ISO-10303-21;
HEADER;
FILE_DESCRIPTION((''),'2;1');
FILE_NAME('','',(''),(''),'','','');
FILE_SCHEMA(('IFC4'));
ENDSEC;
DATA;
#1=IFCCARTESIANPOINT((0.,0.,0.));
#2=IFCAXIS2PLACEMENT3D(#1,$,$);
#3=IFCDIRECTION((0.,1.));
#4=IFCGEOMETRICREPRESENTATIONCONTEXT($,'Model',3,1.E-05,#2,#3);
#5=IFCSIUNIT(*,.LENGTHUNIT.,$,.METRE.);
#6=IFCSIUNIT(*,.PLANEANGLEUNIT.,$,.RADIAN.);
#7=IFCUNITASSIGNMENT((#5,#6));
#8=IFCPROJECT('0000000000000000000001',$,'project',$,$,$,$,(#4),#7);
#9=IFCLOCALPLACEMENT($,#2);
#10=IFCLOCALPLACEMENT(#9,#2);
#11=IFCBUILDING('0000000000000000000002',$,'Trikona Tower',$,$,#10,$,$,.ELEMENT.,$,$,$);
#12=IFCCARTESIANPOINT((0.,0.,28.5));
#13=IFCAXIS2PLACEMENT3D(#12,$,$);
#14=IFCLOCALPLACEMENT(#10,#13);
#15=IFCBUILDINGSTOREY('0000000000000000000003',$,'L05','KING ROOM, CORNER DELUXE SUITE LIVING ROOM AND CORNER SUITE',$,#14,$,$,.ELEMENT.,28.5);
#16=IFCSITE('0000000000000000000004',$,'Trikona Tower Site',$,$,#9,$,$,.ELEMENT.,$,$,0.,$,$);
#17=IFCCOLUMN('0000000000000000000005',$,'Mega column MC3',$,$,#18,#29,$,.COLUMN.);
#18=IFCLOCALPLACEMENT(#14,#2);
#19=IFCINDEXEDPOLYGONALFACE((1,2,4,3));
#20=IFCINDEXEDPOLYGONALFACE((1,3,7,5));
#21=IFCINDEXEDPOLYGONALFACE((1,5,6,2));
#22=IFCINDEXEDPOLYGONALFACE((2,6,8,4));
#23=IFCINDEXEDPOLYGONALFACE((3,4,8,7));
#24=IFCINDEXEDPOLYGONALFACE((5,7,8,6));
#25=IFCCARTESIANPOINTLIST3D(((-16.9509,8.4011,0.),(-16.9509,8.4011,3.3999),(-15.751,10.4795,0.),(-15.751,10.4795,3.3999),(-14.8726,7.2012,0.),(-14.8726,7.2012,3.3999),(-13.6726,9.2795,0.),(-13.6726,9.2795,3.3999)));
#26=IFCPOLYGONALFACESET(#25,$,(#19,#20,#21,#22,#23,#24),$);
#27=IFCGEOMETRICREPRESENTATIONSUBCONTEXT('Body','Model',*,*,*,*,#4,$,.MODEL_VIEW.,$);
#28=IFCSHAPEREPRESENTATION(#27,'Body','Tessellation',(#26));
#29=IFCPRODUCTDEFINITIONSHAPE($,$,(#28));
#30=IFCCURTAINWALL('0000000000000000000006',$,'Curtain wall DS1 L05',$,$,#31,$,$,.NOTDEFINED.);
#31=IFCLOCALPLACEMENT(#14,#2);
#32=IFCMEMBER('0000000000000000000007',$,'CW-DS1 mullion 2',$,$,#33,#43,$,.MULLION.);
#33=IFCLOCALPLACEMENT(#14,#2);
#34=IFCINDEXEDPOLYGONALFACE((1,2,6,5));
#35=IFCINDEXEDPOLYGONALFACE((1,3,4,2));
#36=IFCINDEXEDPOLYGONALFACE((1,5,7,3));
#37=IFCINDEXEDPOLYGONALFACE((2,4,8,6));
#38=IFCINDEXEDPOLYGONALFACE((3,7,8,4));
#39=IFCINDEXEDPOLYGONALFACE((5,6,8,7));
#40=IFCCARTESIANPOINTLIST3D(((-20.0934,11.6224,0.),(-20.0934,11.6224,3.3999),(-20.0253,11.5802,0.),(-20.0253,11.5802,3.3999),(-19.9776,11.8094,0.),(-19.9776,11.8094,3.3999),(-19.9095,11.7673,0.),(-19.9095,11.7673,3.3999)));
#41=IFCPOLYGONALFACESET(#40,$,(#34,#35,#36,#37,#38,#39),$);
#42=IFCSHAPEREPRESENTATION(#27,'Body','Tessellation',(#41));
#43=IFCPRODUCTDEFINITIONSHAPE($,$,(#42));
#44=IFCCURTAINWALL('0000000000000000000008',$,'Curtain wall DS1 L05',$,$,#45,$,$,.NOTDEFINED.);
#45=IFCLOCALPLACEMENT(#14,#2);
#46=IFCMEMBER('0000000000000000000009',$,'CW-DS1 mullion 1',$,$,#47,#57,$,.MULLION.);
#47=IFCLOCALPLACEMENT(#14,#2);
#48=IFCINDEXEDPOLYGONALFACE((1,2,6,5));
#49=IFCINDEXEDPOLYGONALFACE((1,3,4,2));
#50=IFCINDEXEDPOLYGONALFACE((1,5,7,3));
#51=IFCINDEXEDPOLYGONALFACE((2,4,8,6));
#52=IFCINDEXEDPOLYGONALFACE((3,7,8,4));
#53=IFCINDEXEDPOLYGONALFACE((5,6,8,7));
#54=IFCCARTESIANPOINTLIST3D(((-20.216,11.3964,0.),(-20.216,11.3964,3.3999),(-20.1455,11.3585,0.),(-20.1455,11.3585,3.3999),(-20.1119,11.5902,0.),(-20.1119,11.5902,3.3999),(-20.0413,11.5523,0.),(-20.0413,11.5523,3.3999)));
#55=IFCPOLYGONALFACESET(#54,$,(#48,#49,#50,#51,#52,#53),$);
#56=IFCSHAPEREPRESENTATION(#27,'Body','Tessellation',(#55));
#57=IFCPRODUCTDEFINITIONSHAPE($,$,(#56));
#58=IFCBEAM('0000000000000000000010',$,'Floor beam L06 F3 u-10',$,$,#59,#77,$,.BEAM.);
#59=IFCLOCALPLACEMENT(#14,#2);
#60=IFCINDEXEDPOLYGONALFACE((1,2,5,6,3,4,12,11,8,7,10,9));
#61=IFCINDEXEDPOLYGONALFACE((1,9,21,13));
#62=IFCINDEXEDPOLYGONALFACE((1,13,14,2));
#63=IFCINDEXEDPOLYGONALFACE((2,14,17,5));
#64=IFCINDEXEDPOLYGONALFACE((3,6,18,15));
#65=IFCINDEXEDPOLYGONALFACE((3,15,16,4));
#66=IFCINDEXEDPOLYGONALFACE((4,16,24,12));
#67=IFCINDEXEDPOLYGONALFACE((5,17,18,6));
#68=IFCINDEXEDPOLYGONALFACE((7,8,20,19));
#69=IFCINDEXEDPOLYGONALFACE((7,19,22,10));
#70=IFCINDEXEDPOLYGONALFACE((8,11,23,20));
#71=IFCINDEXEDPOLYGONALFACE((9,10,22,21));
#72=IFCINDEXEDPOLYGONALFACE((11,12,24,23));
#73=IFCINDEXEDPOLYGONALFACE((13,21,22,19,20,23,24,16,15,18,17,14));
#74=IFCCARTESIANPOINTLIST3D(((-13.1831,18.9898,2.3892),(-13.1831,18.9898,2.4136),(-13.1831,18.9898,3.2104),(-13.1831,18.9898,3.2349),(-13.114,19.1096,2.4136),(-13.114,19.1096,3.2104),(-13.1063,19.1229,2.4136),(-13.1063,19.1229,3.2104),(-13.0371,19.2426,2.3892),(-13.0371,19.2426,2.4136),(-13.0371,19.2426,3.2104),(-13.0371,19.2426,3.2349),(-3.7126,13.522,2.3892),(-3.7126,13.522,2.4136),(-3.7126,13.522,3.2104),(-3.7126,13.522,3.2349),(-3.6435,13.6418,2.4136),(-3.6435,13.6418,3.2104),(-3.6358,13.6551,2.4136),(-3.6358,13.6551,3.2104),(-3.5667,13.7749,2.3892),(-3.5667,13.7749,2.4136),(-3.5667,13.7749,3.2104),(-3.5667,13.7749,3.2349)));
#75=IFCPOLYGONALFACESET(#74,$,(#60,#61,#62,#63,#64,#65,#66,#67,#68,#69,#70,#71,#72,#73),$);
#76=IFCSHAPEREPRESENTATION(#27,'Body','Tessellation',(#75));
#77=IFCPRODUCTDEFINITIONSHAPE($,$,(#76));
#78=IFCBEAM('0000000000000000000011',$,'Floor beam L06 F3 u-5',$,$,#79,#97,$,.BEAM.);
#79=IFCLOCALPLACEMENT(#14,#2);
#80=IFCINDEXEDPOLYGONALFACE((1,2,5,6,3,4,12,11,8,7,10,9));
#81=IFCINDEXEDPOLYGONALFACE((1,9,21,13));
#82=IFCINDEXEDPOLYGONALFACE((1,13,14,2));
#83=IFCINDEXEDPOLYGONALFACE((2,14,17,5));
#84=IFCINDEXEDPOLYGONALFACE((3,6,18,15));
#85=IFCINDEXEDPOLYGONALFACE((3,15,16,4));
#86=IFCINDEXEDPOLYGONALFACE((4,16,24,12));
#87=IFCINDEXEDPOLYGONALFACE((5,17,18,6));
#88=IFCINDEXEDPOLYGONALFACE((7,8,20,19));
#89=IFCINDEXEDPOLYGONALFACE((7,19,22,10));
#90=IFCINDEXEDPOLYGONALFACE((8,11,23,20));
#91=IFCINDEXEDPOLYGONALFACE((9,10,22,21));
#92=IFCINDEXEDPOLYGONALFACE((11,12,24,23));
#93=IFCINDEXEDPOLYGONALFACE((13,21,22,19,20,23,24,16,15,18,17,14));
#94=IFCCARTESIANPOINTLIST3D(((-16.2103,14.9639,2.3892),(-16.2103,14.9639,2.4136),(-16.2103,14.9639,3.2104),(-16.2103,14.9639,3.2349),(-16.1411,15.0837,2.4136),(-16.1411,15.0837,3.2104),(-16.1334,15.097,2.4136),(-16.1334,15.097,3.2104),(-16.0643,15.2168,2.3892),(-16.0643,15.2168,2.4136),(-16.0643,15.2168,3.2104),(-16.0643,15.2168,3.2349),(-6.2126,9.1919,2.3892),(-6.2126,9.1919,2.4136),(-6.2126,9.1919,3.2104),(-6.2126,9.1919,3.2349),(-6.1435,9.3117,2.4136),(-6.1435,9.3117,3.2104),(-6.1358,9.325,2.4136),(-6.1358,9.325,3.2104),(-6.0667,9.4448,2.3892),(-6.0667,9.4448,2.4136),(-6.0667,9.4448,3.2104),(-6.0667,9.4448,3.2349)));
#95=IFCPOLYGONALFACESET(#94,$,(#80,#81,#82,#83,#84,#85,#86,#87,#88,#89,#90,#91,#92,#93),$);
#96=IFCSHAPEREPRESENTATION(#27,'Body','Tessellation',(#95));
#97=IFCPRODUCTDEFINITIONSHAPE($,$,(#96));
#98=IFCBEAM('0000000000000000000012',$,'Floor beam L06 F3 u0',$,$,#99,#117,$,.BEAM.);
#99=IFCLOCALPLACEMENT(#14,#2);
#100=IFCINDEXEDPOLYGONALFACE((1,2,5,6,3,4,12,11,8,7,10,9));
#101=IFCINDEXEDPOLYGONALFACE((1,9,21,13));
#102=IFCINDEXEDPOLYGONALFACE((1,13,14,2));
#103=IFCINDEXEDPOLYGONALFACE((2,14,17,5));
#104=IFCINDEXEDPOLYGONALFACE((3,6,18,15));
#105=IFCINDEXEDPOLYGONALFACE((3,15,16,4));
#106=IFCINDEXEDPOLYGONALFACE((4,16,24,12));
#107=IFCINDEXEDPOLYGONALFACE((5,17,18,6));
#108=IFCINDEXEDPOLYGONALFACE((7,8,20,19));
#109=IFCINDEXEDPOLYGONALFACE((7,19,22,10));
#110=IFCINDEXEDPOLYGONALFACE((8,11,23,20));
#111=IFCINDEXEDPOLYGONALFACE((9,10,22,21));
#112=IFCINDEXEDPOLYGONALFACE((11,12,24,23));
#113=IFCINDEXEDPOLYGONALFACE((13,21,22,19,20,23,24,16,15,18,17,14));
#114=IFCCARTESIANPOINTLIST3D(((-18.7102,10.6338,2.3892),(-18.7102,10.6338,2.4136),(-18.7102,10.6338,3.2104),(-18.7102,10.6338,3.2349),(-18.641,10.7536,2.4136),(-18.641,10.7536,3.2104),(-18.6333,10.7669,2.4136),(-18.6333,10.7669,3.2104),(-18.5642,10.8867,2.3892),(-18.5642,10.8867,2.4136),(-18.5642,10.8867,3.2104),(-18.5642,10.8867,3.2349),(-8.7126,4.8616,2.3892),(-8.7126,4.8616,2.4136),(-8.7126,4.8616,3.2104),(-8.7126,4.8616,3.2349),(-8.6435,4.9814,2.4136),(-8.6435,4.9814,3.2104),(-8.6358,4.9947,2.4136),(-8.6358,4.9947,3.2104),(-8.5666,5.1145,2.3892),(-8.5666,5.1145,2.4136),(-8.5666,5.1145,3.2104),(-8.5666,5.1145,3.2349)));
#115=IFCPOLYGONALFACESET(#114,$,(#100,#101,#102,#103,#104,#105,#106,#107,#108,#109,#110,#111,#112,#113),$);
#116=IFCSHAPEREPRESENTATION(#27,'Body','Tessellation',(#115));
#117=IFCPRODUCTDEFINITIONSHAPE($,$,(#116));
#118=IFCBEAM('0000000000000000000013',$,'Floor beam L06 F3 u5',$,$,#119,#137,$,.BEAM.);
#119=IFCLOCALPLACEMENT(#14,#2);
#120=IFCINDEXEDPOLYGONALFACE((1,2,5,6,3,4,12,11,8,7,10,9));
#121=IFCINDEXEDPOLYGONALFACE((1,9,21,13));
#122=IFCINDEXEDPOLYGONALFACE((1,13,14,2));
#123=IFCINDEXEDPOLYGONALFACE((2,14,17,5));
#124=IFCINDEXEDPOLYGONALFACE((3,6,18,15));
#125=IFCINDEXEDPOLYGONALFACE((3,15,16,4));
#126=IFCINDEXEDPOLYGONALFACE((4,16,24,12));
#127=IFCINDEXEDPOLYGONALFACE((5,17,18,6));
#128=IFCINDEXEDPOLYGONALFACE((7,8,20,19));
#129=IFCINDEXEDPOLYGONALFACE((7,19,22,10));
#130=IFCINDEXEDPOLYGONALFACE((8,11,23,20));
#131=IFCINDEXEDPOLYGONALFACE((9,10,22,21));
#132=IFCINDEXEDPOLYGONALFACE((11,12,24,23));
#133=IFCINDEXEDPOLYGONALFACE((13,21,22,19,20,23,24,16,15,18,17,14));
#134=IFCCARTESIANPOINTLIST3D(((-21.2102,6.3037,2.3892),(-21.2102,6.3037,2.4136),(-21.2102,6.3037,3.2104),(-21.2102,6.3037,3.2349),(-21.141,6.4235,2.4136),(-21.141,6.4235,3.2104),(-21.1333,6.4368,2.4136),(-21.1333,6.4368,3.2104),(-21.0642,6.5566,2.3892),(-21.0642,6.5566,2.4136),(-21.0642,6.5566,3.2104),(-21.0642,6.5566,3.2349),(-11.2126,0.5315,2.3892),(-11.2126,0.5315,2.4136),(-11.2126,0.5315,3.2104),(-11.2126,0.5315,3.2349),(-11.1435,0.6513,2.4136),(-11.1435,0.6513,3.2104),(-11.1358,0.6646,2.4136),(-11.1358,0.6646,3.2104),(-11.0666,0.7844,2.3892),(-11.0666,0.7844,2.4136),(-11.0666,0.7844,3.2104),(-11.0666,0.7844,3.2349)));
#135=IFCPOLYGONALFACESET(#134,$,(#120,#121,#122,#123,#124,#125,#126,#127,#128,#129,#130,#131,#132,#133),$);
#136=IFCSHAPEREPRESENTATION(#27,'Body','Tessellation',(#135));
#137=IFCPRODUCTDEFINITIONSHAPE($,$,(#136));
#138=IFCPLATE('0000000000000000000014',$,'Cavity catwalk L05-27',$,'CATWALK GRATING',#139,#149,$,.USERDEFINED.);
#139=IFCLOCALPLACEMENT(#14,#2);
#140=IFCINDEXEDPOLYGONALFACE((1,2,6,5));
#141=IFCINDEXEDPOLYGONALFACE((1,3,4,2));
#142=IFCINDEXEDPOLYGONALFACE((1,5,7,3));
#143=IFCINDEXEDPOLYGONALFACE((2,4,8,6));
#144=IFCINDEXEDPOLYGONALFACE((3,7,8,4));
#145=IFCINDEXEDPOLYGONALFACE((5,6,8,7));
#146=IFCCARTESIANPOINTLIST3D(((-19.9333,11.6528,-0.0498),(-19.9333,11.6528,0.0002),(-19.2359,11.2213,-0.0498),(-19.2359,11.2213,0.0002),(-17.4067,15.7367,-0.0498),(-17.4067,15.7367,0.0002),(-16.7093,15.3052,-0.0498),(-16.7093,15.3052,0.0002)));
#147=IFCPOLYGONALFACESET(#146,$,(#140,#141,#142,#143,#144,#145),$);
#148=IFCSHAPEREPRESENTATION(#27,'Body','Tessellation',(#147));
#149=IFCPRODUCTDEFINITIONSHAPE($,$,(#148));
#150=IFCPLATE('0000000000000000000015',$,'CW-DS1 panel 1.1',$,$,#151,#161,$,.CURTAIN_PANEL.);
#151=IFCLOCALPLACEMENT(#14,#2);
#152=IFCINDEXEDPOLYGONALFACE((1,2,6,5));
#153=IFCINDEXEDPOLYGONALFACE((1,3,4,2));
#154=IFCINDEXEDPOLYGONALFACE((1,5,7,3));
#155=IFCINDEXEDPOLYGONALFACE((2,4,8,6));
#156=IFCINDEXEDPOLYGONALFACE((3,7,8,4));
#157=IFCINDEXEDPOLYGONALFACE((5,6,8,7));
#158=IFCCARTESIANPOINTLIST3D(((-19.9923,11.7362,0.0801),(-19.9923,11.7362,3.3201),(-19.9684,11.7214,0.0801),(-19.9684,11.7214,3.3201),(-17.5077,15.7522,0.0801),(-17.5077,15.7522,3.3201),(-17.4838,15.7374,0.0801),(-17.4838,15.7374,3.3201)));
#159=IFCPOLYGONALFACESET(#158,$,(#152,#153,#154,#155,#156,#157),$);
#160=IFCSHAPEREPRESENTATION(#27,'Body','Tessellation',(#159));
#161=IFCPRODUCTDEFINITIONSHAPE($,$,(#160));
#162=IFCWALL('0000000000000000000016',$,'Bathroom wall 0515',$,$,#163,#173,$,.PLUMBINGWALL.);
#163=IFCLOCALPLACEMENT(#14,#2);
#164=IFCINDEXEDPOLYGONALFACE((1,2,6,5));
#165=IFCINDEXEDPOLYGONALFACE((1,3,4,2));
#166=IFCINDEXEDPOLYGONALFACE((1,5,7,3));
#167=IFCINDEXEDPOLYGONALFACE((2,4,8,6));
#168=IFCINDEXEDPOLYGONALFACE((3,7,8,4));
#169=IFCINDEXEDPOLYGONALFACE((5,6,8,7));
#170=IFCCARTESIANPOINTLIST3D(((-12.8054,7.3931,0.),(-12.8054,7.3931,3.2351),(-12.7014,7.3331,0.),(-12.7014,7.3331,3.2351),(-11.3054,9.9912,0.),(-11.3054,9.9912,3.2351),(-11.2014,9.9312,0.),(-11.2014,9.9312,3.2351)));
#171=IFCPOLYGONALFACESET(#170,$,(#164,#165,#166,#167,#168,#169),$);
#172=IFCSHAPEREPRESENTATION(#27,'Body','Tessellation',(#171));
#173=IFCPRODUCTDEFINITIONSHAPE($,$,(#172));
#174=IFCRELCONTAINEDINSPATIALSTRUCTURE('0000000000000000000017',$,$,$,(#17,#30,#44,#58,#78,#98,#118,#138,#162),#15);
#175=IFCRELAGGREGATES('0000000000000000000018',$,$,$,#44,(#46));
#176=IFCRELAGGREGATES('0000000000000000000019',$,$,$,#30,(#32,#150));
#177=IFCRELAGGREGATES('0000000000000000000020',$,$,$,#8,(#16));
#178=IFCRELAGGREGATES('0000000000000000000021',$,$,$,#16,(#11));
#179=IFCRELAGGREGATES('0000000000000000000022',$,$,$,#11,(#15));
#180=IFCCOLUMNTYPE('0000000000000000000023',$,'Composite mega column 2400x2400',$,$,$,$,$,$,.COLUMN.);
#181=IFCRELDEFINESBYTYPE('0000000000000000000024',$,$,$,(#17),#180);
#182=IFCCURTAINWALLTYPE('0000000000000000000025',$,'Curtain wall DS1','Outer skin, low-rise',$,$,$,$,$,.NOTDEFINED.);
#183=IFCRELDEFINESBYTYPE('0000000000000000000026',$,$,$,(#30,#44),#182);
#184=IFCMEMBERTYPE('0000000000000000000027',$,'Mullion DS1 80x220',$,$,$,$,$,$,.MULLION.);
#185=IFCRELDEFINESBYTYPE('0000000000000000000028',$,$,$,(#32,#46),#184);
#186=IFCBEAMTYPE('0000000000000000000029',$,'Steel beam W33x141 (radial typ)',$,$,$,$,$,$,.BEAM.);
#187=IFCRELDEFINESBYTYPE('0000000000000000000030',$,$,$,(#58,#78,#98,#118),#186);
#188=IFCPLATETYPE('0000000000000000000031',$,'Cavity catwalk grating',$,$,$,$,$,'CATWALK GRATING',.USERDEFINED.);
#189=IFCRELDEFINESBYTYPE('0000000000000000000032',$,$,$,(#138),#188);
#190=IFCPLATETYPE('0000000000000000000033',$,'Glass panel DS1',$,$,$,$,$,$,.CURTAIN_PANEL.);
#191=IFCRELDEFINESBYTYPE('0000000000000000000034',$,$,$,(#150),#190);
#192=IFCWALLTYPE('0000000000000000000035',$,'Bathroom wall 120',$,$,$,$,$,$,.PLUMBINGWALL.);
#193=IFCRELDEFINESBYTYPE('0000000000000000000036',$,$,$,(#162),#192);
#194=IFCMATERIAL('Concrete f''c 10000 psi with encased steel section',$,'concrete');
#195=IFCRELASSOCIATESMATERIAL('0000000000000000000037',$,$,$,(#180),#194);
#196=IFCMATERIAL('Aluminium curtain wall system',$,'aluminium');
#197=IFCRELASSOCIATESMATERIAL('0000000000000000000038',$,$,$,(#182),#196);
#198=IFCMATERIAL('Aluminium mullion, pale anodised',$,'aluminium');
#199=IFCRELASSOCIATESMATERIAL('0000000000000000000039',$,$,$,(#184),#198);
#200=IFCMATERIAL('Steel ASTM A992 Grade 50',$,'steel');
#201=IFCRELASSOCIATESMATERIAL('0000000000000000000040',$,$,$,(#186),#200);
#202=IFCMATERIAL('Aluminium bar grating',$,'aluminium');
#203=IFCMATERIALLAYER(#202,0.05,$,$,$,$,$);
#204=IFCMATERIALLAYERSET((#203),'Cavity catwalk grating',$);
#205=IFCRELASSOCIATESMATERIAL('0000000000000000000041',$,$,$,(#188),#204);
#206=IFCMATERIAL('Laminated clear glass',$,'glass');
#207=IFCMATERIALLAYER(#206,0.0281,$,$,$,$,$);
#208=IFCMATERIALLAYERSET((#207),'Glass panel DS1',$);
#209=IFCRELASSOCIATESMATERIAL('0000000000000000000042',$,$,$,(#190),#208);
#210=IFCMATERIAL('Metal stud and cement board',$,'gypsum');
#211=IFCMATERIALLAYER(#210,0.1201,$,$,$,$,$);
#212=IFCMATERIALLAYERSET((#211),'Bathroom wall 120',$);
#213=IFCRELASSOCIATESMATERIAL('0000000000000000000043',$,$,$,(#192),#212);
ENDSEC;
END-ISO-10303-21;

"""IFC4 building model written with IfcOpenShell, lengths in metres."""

from ifc_helpers import new_model, si_unit, direction, frame, frame_2d, origin, origin_2d, place, context, subcontext, project, spatial, rectangle, i_section, extrude, material, layer, layer_set, material_profile, profile_set, type_object, element, aggregate, save


model = new_model("IFC4")

# Units and contexts
model_context = context("Model", 3, precision=1e-05, world=origin(), true_north=direction((0.0, 1.0)))
body_context = subcontext(model_context, "Body", "Model", "MODEL_VIEW")
ifc_project = project(units=[si_unit("LENGTHUNIT", "METRE"), si_unit("PLANEANGLEUNIT", "RADIAN")], contexts=[model_context])

# Site, building, storey
site_placement = place(None, origin())
site = spatial("IfcSite", under=ifc_project, at=site_placement, Name="Trikona Tower Site", CompositionType="ELEMENT", RefElevation=0.0)
building_placement = place(site_placement, origin())
building = spatial("IfcBuilding", under=site, at=building_placement, Name="Trikona Tower", CompositionType="ELEMENT")
storey_placement = place(building_placement, frame((0.0, 0.0, 28.5)))
storey = spatial("IfcBuildingStorey", under=building, at=storey_placement, Name="L05", Description="KING ROOM, CORNER DELUXE SUITE LIVING ROOM AND CORNER SUITE", CompositionType="ELEMENT", Elevation=28.5)

# Column
ifc_material_1 = material(Name="Concrete f'c 10000 psi with encased steel section", Category="concrete")
ifc_material_profile_1 = material_profile(ifc_material_1, rectangle(XDim=2.3999, YDim=2.3999, at=origin_2d()), Name="MC2400")
ifc_profile_set_1 = profile_set([ifc_material_profile_1], Name="Concrete f'c 10000 psi with encased steel section")
column_type = type_object("IfcColumnType", Name="Composite mega column 2400x2400", PredefinedType="COLUMN", material=ifc_profile_set_1)
column_placement = place(storey_placement, frame((-15.3118, 8.8403, 0.0), z_axis=(0.0, 0.0, 1.0), x_axis=(-0.866025, 0.5, 0.0)))
element("IfcColumn", 1, at=column_placement, inside=storey, type_object=column_type, Name="Mega column MC3", PredefinedType="COLUMN", context=body_context, shape_type="SweptSolid", body=[
    extrude(rectangle(XDim=2.3999, YDim=2.3999, at=origin_2d()), origin(), (0.0, 0.0, 1.0), 3.3999),
])

# Curtain walls, members
ifc_material_2 = material(Name="Aluminium curtain wall system", Category="aluminium")
curtain_wall_type = type_object("IfcCurtainWallType", Name="Curtain wall DS1", Description="Outer skin, low-rise", PredefinedType="NOTDEFINED", material=ifc_material_2)
curtain_wall_1_placement = place(storey_placement, origin())
curtain_wall_1 = element("IfcCurtainWall", 2, at=curtain_wall_1_placement, inside=storey, type_object=curtain_wall_type, Name="Curtain wall DS1 L05", PredefinedType="NOTDEFINED")
ifc_material_3 = material(Name="Aluminium mullion, pale anodised", Category="aluminium")
ifc_material_profile_2 = material_profile(ifc_material_3, rectangle(XDim=0.0801, YDim=0.22, at=origin_2d()), Name="MUL-DS1")
ifc_profile_set_2 = profile_set([ifc_material_profile_2], Name="Aluminium mullion, pale anodised")
member_type = type_object("IfcMemberType", Name="Mullion DS1 80x220", PredefinedType="MULLION", material=ifc_profile_set_2)
member_1_placement = place(storey_placement, frame((-20.0015, 11.6948, 0.0), z_axis=(0.0, 0.0, 1.0), x_axis=(0.85041, -0.52612, 0.0)))
member_1 = element("IfcMember", 3, at=member_1_placement, type_object=member_type, Name="CW-DS1 mullion 2", PredefinedType="MULLION", context=body_context, shape_type="SweptSolid", body=[
    extrude(rectangle(XDim=0.0801, YDim=0.22, at=origin_2d()), origin(), (0.0, 0.0, 1.0), 3.3999),
])
curtain_wall_2_placement = place(storey_placement, origin())
curtain_wall_2 = element("IfcCurtainWall", 4, at=curtain_wall_2_placement, inside=storey, type_object=curtain_wall_type, Name="Curtain wall DS1 L05", PredefinedType="NOTDEFINED")
member_2_placement = place(storey_placement, frame((-20.1287, 11.4744, 0.0), z_axis=(0.0, 0.0, 1.0), x_axis=(0.880843, -0.473408, 0.0)))
member_2 = element("IfcMember", 5, at=member_2_placement, type_object=member_type, Name="CW-DS1 mullion 1", PredefinedType="MULLION", context=body_context, shape_type="SweptSolid", body=[
    extrude(rectangle(XDim=0.0801, YDim=0.22, at=origin_2d()), origin(), (0.0, 0.0, 1.0), 3.3999),
])
aggregate(curtain_wall_2, [member_2])

# Beams
ifc_material_4 = material(Name="Steel ASTM A992 Grade 50", Category="steel")
ifc_material_profile_3 = material_profile(ifc_material_4, i_section(OverallWidth=0.292, OverallDepth=0.8457, WebThickness=0.0154, FlangeThickness=0.0244, at=origin_2d()), Name="W33X141")
ifc_profile_set_3 = profile_set([ifc_material_profile_3], Name="Steel ASTM A992 Grade 50")
beam_type = type_object("IfcBeamType", Name="Steel beam W33x141 (radial typ)", PredefinedType="BEAM", material=ifc_profile_set_3)
beam_placement = place(storey_placement, frame((-3.6396, 13.6484, 2.812), z_axis=(-0.866025, 0.5, 0.0), x_axis=(-0.5, -0.866025, 0.0)))
element("IfcBeam", 6, at=beam_placement, inside=storey, type_object=beam_type, Name="Floor beam L06 F3 u-10", PredefinedType="BEAM", context=body_context, shape_type="SweptSolid", body=[
    extrude(i_section(OverallWidth=0.292, OverallDepth=0.8457, WebThickness=0.0154, FlangeThickness=0.0244, at=origin_2d()), origin(), (0.0, 0.0, 1.0), 10.9355),
])
for number, where, z_axis, x_axis, name in (
    (7, (-6.1396, 9.3184, 2.812), (-0.86603, 0.499992, 0.0), (-0.499992, -0.86603, 0.0), "Floor beam L06 F3 u-5"),
    (8, (-8.6396, 4.988, 2.812), (-0.866021, 0.500008, 0.0), (-0.500008, -0.866021, 0.0), "Floor beam L06 F3 u0"),
    (9, (-11.1396, 0.658, 2.812), (-0.866021, 0.500008, 0.0), (-0.500008, -0.866021, 0.0), "Floor beam L06 F3 u5"),
):
    element("IfcBeam", number, at=place(storey_placement, frame(where, z_axis=z_axis, x_axis=x_axis)), inside=storey, type_object=beam_type, Name=name, PredefinedType="BEAM", context=body_context, shape_type="SweptSolid", body=[
        extrude(i_section(OverallWidth=0.292, OverallDepth=0.8457, WebThickness=0.0154, FlangeThickness=0.0244, at=origin_2d()), origin(), (0.0, 0.0, 1.0), 11.5442),
    ])

# Plates
ifc_material_5 = material(Name="Aluminium bar grating", Category="aluminium")
ifc_layer_1 = layer(ifc_material_5, 0.05)
ifc_layer_set_1 = layer_set([ifc_layer_1], Name="Cavity catwalk grating")
plate_type_1 = type_object("IfcPlateType", Name="Cavity catwalk grating", ElementType="CATWALK GRATING", PredefinedType="USERDEFINED", material=ifc_layer_set_1)
plate_1_placement = place(storey_placement, frame((-18.3213, 13.479, -0.0498), z_axis=(0.0, 0.0, 1.0), x_axis=(-0.526119, -0.850411, 0.0)))
element("IfcPlate", 10, at=plate_1_placement, inside=storey, type_object=plate_type_1, Name="Cavity catwalk L05-27", ObjectType="CATWALK GRATING", PredefinedType="USERDEFINED", context=body_context, shape_type="SweptSolid", body=[
    extrude(rectangle(XDim=4.8022, YDim=0.8201, at=origin_2d()), origin(), (0.0, 0.0, 1.0), 0.05),
])
ifc_material_6 = material(Name="Laminated clear glass", Category="glass")
ifc_layer_2 = layer(ifc_material_6, 0.0281)
ifc_layer_set_2 = layer_set([ifc_layer_2], Name="Glass panel DS1")
plate_type_2 = type_object("IfcPlateType", Name="Glass panel DS1", PredefinedType="CURTAIN_PANEL", material=ifc_layer_set_2)
plate_2_placement = place(storey_placement, frame((-18.738, 13.7368, 0.0801), z_axis=(0.0, 0.0, 1.0), x_axis=(-0.52612, -0.85041, 0.0)))
plate_2 = element("IfcPlate", 11, at=plate_2_placement, type_object=plate_type_2, Name="CW-DS1 panel 1.1", PredefinedType="CURTAIN_PANEL", context=body_context, shape_type="SweptSolid", body=[
    extrude(rectangle(XDim=4.7224, YDim=0.0281, at=origin_2d()), origin(), (0.0, 0.0, 1.0), 3.24),
])
aggregate(curtain_wall_1, [member_1, plate_2])

# Wall
ifc_material_7 = material(Name="Metal stud and cement board", Category="gypsum")
ifc_layer_3 = layer(ifc_material_7, 0.1201)
ifc_layer_set_3 = layer_set([ifc_layer_3], Name="Bathroom wall 120")
wall_type_1 = type_object("IfcWallType", Name="Bathroom wall 120", PredefinedType="PLUMBINGWALL", material=ifc_layer_set_3)
wall_1_placement = place(storey_placement, frame((-11.2534, 9.9612, 0.0), z_axis=(0.0, 0.0, 1.0), x_axis=(-0.49999, -0.866031, 0.0)))
element("IfcWall", 12, at=wall_1_placement, inside=storey, type_object=wall_type_1, Name="Bathroom wall 0515", PredefinedType="PLUMBINGWALL", context=body_context, shape_type="SweptSolid", body=[
    extrude(rectangle(XDim=3.0, YDim=0.1201, at=frame_2d((1.5, 0.0))), origin(), (0.0, 0.0, 1.0), 3.2351),
])

save(model, "model.ifc")
